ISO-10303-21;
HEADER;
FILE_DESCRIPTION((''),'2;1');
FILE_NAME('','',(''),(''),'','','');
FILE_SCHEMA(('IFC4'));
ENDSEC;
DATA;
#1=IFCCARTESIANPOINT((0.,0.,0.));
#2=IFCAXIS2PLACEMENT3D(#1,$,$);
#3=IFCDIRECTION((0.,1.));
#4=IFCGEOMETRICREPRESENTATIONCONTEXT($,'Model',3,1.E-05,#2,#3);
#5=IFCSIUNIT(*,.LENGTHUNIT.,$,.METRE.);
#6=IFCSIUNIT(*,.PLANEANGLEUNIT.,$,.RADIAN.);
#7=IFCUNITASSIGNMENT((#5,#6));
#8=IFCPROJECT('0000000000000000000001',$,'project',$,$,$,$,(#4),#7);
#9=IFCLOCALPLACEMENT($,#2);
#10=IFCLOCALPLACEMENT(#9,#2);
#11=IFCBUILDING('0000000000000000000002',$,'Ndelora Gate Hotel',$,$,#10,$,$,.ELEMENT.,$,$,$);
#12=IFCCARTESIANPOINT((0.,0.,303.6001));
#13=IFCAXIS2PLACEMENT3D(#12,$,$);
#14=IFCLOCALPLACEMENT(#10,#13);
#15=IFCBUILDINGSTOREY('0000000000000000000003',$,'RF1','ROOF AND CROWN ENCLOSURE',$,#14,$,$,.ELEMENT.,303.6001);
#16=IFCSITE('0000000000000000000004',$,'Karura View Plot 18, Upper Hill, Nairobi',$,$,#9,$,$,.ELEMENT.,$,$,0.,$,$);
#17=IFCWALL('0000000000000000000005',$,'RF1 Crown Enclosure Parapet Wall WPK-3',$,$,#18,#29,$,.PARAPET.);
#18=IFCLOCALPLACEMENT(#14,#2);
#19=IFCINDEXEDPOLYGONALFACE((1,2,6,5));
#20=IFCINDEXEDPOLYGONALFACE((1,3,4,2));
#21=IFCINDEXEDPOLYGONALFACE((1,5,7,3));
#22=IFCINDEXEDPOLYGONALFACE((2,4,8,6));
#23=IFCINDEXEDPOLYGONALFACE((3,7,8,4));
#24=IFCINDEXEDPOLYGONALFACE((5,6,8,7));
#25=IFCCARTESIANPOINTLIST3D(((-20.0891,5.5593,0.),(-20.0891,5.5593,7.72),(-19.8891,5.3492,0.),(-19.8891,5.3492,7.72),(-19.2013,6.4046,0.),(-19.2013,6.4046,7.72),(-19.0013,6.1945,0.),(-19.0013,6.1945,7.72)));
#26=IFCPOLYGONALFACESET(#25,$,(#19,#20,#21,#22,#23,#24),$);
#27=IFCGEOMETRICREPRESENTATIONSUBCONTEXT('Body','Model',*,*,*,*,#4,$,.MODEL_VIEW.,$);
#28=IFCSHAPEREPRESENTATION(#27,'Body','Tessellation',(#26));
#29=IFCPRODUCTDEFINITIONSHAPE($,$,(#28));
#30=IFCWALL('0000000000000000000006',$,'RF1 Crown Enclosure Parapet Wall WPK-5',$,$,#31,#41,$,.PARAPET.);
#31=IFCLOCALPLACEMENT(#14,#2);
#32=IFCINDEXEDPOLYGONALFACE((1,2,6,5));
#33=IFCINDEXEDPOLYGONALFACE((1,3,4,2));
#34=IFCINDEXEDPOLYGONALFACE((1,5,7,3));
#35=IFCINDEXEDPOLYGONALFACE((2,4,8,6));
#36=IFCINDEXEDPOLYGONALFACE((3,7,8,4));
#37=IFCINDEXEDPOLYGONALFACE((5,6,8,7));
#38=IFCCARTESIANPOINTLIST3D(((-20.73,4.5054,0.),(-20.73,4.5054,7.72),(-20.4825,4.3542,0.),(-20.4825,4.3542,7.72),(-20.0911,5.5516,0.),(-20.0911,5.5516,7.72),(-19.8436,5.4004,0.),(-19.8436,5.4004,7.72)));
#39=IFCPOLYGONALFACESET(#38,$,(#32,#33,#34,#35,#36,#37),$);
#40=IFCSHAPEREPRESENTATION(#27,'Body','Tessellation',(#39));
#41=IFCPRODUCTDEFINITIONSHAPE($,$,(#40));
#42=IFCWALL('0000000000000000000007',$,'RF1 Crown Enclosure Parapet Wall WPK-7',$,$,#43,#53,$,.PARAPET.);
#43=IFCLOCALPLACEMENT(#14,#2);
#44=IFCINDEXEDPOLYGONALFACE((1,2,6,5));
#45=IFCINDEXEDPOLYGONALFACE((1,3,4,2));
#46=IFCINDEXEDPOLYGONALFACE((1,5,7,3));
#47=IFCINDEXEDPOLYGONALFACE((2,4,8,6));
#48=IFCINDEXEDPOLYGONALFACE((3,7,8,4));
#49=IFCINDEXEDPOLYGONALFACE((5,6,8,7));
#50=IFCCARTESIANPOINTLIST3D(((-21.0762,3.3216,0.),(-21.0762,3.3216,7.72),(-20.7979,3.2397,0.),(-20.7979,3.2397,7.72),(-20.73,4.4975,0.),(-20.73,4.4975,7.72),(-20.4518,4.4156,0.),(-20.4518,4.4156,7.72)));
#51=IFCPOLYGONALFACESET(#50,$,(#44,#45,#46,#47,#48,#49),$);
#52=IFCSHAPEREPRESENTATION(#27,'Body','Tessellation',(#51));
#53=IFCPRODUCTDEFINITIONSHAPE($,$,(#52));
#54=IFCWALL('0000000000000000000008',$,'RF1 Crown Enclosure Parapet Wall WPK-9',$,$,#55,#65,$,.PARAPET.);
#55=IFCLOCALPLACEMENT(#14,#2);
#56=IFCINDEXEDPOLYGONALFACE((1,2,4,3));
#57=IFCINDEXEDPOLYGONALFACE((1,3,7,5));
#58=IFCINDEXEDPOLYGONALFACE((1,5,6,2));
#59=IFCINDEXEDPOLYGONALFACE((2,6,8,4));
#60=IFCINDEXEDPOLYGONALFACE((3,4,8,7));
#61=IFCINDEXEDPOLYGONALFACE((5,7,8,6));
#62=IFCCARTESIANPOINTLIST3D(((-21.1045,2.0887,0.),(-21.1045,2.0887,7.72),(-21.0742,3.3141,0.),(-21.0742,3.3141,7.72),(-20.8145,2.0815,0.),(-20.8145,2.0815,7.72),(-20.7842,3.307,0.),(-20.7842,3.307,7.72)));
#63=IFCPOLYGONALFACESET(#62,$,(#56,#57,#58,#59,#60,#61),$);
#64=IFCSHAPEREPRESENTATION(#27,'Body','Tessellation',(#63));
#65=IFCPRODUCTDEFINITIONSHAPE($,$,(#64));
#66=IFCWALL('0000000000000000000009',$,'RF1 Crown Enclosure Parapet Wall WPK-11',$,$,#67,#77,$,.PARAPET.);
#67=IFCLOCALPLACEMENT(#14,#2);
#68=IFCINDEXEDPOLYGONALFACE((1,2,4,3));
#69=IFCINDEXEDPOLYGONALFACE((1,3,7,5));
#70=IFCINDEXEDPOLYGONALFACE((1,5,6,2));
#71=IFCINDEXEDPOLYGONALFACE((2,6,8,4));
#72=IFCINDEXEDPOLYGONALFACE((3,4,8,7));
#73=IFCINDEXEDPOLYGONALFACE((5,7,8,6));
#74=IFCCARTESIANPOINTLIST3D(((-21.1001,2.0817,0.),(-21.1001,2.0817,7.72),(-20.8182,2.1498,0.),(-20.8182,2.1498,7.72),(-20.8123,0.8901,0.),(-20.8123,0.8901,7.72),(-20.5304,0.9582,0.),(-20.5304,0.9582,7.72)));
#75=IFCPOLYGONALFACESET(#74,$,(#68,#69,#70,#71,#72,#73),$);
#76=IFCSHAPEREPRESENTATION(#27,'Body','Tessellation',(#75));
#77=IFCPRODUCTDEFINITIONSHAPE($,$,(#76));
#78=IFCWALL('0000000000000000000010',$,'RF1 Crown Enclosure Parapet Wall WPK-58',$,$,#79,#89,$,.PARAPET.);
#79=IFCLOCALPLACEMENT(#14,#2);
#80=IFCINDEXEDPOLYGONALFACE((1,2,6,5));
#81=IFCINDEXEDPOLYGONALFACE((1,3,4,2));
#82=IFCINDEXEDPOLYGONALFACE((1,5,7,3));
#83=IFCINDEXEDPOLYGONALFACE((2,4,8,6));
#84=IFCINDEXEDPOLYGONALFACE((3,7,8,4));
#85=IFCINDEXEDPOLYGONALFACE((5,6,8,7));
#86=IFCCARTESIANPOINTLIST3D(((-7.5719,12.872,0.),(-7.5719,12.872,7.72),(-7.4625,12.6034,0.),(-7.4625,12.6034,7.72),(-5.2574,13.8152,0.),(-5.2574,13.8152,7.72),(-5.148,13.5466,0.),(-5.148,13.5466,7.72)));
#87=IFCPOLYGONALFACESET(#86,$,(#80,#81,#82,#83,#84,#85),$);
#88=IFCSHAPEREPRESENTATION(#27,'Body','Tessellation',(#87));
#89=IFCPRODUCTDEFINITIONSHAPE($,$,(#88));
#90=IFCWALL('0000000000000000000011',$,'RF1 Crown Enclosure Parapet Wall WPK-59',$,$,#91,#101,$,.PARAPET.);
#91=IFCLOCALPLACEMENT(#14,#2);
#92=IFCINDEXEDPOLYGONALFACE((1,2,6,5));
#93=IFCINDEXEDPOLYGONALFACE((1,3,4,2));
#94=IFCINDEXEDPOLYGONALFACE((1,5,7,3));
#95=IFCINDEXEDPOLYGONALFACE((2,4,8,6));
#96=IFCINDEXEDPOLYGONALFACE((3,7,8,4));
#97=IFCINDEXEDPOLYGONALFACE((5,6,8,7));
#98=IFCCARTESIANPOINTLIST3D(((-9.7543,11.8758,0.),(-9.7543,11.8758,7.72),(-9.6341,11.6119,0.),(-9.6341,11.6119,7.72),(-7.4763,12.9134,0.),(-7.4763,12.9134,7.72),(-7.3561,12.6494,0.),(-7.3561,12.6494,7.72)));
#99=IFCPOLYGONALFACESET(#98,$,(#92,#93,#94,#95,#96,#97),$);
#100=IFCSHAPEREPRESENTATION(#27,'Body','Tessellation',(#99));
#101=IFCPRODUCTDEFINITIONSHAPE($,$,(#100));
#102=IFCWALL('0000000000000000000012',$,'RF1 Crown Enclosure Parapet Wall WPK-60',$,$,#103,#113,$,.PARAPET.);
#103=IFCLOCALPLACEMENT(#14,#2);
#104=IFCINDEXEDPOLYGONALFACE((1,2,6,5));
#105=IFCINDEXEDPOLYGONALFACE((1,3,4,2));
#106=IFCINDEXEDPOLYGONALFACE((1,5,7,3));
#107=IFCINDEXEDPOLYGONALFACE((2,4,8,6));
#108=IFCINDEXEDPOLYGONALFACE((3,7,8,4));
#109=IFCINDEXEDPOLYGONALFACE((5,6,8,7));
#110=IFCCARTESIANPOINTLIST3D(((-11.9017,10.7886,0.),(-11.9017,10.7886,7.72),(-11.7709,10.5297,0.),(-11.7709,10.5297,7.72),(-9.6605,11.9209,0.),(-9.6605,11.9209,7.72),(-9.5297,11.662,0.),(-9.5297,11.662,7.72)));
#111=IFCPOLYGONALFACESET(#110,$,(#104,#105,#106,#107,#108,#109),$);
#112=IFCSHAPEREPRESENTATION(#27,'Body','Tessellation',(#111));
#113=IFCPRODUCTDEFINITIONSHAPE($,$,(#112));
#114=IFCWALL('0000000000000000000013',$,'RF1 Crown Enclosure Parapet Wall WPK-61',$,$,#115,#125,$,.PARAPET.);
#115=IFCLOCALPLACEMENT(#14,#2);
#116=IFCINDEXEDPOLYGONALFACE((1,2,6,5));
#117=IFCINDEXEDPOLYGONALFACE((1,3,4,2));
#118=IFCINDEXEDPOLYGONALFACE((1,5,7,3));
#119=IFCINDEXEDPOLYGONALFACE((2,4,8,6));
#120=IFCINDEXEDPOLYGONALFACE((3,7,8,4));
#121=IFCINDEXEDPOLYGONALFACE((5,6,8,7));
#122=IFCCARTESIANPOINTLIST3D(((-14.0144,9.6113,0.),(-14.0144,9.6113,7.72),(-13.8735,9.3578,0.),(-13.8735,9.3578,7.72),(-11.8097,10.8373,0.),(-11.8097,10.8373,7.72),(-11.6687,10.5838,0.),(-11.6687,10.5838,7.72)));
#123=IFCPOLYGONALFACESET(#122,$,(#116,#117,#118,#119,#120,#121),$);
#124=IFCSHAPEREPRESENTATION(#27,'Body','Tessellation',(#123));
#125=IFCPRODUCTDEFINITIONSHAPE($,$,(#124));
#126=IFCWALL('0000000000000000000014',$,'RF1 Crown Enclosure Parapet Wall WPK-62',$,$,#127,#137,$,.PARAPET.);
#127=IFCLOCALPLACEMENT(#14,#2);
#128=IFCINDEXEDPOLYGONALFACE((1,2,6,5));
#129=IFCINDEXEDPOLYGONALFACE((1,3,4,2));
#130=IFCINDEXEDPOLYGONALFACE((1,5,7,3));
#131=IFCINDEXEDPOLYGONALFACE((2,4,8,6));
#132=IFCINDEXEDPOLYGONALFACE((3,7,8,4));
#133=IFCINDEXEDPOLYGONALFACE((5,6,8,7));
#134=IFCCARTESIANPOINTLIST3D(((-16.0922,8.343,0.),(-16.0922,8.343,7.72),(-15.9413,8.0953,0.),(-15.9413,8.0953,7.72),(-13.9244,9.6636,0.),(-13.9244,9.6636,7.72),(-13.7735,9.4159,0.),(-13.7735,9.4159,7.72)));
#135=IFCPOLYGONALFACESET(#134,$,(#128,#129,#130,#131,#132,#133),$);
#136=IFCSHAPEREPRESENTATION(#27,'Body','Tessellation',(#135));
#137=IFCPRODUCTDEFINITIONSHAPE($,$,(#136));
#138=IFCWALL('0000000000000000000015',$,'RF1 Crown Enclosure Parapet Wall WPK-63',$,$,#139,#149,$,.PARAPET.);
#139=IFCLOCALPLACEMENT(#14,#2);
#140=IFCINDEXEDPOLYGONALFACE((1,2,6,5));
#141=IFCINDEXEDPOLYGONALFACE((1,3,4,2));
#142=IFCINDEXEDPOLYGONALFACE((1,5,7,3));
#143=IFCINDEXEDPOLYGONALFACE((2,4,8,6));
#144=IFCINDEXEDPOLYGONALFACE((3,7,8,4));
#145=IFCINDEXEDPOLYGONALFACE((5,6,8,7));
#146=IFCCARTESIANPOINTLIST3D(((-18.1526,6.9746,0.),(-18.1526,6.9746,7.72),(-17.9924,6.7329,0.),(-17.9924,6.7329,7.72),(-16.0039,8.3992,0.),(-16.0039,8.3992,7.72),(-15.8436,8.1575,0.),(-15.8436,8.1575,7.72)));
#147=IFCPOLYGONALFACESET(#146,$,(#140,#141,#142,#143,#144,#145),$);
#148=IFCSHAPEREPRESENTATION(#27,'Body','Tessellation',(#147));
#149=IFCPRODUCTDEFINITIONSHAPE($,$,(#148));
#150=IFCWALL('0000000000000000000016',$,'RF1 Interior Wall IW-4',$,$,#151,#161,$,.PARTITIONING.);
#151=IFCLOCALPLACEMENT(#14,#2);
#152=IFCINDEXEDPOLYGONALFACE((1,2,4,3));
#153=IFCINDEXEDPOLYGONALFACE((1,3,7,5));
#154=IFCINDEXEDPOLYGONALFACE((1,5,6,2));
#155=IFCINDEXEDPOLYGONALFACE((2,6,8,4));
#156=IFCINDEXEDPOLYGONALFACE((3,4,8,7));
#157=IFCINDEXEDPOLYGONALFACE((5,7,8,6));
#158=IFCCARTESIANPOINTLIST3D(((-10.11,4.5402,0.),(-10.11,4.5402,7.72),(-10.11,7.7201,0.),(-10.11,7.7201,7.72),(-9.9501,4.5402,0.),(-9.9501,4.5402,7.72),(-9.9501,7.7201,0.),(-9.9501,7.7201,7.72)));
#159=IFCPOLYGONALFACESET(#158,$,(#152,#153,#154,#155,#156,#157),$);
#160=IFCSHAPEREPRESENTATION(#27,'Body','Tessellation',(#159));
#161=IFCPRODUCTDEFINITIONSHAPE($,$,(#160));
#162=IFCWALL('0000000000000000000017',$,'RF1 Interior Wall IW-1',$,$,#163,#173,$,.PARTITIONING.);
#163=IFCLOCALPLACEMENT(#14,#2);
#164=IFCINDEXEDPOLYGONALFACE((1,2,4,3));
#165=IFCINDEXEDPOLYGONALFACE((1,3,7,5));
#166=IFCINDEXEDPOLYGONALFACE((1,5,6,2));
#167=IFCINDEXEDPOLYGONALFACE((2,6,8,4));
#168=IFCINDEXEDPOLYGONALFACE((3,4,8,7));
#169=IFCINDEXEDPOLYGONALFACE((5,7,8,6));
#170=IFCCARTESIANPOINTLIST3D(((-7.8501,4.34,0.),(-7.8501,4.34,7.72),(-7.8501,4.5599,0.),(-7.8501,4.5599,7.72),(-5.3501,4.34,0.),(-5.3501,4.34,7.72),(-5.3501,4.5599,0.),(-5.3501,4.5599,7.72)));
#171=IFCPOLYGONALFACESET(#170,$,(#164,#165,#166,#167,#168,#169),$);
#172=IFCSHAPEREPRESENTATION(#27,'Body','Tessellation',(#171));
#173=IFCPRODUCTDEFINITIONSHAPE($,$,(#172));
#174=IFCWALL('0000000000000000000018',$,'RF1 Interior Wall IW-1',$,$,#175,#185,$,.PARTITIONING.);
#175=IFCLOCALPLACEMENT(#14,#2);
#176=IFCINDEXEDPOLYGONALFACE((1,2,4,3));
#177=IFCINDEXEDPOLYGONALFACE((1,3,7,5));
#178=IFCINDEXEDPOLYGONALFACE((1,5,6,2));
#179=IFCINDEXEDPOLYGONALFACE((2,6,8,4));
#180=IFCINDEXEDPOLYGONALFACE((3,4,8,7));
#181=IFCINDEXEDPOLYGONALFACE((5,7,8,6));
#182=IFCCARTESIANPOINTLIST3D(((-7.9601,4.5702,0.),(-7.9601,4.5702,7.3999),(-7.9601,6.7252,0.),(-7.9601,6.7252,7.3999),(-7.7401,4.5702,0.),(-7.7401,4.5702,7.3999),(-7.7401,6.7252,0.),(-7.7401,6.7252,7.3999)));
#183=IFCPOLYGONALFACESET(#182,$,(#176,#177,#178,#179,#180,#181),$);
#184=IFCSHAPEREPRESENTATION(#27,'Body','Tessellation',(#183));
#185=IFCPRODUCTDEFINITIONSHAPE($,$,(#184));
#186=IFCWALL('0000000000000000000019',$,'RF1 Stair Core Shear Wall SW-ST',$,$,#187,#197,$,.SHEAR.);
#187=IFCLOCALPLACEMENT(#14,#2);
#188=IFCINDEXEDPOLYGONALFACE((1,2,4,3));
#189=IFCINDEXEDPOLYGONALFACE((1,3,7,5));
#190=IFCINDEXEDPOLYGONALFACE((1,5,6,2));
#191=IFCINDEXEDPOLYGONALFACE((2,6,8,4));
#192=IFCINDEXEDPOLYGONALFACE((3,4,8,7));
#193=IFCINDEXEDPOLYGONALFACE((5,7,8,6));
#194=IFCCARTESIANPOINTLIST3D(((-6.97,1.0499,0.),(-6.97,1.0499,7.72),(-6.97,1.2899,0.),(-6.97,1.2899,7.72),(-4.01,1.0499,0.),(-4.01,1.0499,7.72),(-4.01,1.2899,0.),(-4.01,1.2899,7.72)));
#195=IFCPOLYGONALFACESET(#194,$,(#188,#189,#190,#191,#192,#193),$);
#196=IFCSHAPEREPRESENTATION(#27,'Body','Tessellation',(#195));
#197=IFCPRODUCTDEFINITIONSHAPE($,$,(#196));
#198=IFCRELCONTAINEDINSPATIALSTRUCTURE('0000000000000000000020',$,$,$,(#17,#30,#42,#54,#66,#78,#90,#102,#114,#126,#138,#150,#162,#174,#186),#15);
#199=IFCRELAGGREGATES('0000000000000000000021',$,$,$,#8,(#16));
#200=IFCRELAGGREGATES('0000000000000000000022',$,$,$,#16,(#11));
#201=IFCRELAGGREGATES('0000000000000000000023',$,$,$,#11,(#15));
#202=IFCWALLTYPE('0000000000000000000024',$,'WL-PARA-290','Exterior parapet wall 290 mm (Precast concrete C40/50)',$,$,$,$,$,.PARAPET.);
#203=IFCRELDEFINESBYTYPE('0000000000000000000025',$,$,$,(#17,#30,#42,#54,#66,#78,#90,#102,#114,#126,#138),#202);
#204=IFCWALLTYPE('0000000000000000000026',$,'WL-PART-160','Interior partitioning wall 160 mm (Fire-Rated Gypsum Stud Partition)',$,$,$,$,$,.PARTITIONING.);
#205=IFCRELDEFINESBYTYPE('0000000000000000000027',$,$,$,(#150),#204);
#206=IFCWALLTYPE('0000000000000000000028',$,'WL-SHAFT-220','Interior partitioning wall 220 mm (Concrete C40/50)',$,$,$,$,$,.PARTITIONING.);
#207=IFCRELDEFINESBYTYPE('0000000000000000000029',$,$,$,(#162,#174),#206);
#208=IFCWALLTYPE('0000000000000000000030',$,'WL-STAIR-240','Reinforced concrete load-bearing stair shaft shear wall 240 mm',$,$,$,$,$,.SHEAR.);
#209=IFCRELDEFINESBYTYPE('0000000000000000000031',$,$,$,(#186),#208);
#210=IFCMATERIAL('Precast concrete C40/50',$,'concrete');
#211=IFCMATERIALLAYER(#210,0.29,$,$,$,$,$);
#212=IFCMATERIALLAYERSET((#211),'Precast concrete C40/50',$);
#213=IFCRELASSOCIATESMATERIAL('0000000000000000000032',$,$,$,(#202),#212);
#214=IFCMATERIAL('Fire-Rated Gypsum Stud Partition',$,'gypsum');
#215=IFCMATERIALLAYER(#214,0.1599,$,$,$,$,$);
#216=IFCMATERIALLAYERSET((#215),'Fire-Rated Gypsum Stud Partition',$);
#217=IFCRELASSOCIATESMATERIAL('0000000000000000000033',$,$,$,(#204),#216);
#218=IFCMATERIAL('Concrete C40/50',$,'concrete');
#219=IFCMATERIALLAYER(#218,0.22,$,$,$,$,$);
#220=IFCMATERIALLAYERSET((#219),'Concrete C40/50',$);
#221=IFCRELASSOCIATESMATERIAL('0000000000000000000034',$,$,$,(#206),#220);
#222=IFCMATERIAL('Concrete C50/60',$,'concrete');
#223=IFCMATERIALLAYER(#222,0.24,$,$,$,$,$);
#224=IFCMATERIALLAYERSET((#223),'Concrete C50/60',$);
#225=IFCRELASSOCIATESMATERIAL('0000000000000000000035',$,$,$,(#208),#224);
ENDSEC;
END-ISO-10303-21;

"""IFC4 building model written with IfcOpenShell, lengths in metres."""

from ifc_helpers import new_model, si_unit, direction, frame, frame_2d, origin, place, context, subcontext, project, spatial, rectangle, extrude, material, layer, layer_set, type_object, element, save


model = new_model("IFC4")

# Units and contexts
model_context = context("Model", 3, precision=1e-05, world=origin(), true_north=direction((0.0, 1.0)))
body_context = subcontext(model_context, "Body", "Model", "MODEL_VIEW")
ifc_project = project(units=[si_unit("LENGTHUNIT", "METRE"), si_unit("PLANEANGLEUNIT", "RADIAN")], contexts=[model_context])

# Site, building, storey
site_placement = place(None, origin())
site = spatial("IfcSite", under=ifc_project, at=site_placement, Name="Karura View Plot 18, Upper Hill, Nairobi", CompositionType="ELEMENT", RefElevation=0.0)
building_placement = place(site_placement, origin())
building = spatial("IfcBuilding", under=site, at=building_placement, Name="Ndelora Gate Hotel", CompositionType="ELEMENT")
storey_placement = place(building_placement, frame((0.0, 0.0, 303.6001)))
storey = spatial("IfcBuildingStorey", under=building, at=storey_placement, Name="RF1", Description="ROOF AND CROWN ENCLOSURE", CompositionType="ELEMENT", Elevation=303.6001)

# Shared definitions
ifc_material_1 = material(Name="Concrete C50/60", Category="concrete")

# Walls
ifc_material_2 = material(Name="Precast concrete C40/50", Category="concrete")
ifc_layer_1 = layer(ifc_material_2, 0.29)
ifc_layer_set_1 = layer_set([ifc_layer_1], Name="Precast concrete C40/50")
wall_type_1 = type_object("IfcWallType", Name="WL-PARA-290", Description="Exterior parapet wall 290 mm (Precast concrete C40/50)", PredefinedType="PARAPET", material=ifc_layer_set_1)
for number, where, z_axis, x_axis, name in (
    (1, (-19.989, 5.4543, 0.0), (0.0, 0.0, 1.0), (0.724223, 0.689566, 0.0), "RF1 Crown Enclosure Parapet Wall WPK-3"),
    (2, (-20.6062, 4.4299, 0.0), (0.0, 0.0, 1.0), (0.521216, 0.853425, 0.0), "RF1 Crown Enclosure Parapet Wall WPK-5"),
    (3, (-20.937, 3.2808, 0.0), (0.0, 0.0, 1.0), (0.282393, 0.959299, 0.0), "RF1 Crown Enclosure Parapet Wall WPK-7"),
    (4, (-20.9595, 2.0852, 0.0), (0.0, 0.0, 1.0), (0.024699, 0.999695, 0.0), "RF1 Crown Enclosure Parapet Wall WPK-9"),
    (5, (-20.6714, 0.9243, 0.0), (0.0, 0.0, 1.0), (-0.234796, 0.972045, 0.0), "RF1 Crown Enclosure Parapet Wall WPK-11"),
):
    element("IfcWall", number, at=place(storey_placement, frame(where, z_axis=z_axis, x_axis=x_axis)), inside=storey, type_object=wall_type_1, Name=name, PredefinedType="PARAPET", context=body_context, shape_type="SweptSolid", body=[
        extrude(rectangle(XDim=1.2258, YDim=0.29, at=frame_2d((0.6128, 0.0))), origin(), (0.0, 0.0, 1.0), 7.72),
    ])
wall_1_placement = place(storey_placement, frame((-7.5171, 12.7378, 0.0), z_axis=(0.0, 0.0, 1.0), x_axis=(0.926066, 0.377362, 0.0)))
element("IfcWall", 6, at=wall_1_placement, inside=storey, type_object=wall_type_1, Name="RF1 Crown Enclosure Parapet Wall WPK-58", PredefinedType="PARAPET", context=body_context, shape_type="SweptSolid", body=[
    extrude(rectangle(XDim=2.4993, YDim=0.29, at=frame_2d((1.2495, 0.0))), origin(), (0.0, 0.0, 1.0), 7.72),
])
wall_2_placement = place(storey_placement, frame((-9.6941, 11.7439, 0.0), z_axis=(0.0, 0.0, 1.0), x_axis=(0.910049, 0.414501, 0.0)))
element("IfcWall", 7, at=wall_2_placement, inside=storey, type_object=wall_type_1, Name="RF1 Crown Enclosure Parapet Wall WPK-59", PredefinedType="PARAPET", context=body_context, shape_type="SweptSolid", body=[
    extrude(rectangle(XDim=2.5032, YDim=0.29, at=frame_2d((1.2515, 0.0))), origin(), (0.0, 0.0, 1.0), 7.72),
])
wall_3_placement = place(storey_placement, frame((-11.8362, 10.6592, 0.0), z_axis=(0.0, 0.0, 1.0), x_axis=(0.892553, 0.450943, 0.0)))
element("IfcWall", 8, at=wall_3_placement, inside=storey, type_object=wall_type_1, Name="RF1 Crown Enclosure Parapet Wall WPK-60", PredefinedType="PARAPET", context=body_context, shape_type="SweptSolid", body=[
    extrude(rectangle(XDim=2.511, YDim=0.29, at=frame_2d((1.2554, 0.0))), origin(), (0.0, 0.0, 1.0), 7.72),
])
wall_4_placement = place(storey_placement, frame((-13.9438, 9.4846, 0.0), z_axis=(0.0, 0.0, 1.0), x_axis=(0.873961, 0.485996, 0.0)))
element("IfcWall", 9, at=wall_4_placement, inside=storey, type_object=wall_type_1, Name="RF1 Crown Enclosure Parapet Wall WPK-61", PredefinedType="PARAPET", context=body_context, shape_type="SweptSolid", body=[
    extrude(rectangle(XDim=2.5227, YDim=0.29, at=frame_2d((1.2612, 0.0))), origin(), (0.0, 0.0, 1.0), 7.72),
])
wall_5_placement = place(storey_placement, frame((-16.0166, 8.2192, 0.0), z_axis=(0.0, 0.0, 1.0), x_axis=(0.854011, 0.520255, 0.0)))
element("IfcWall", 10, at=wall_5_placement, inside=storey, type_object=wall_type_1, Name="RF1 Crown Enclosure Parapet Wall WPK-62", PredefinedType="PARAPET", context=body_context, shape_type="SweptSolid", body=[
    extrude(rectangle(XDim=2.5383, YDim=0.29, at=frame_2d((1.269, 0.0))), origin(), (0.0, 0.0, 1.0), 7.72),
])
wall_6_placement = place(storey_placement, frame((-18.0725, 6.8538, 0.0), z_axis=(0.0, 0.0, 1.0), x_axis=(0.833461, 0.552579, 0.0)))
element("IfcWall", 11, at=wall_6_placement, inside=storey, type_object=wall_type_1, Name="RF1 Crown Enclosure Parapet Wall WPK-63", PredefinedType="PARAPET", context=body_context, shape_type="SweptSolid", body=[
    extrude(rectangle(XDim=2.5781, YDim=0.29, at=frame_2d((1.2891, 0.0))), origin(), (0.0, 0.0, 1.0), 7.72),
])
ifc_material_3 = material(Name="Fire-Rated Gypsum Stud Partition", Category="gypsum")
ifc_layer_2 = layer(ifc_material_3, 0.1599)
ifc_layer_set_2 = layer_set([ifc_layer_2], Name="Fire-Rated Gypsum Stud Partition")
wall_type_2 = type_object("IfcWallType", Name="WL-PART-160", Description="Interior partitioning wall 160 mm (Fire-Rated Gypsum Stud Partition)", PredefinedType="PARTITIONING", material=ifc_layer_set_2)
wall_7_placement = place(storey_placement, frame((-10.03, 7.72, 0.0), z_axis=(0.0, 0.0, 1.0), x_axis=(0.0, -1.0, 0.0)))
element("IfcWall", 12, at=wall_7_placement, inside=storey, type_object=wall_type_2, Name="RF1 Interior Wall IW-4", PredefinedType="PARTITIONING", context=body_context, shape_type="SweptSolid", body=[
    extrude(rectangle(XDim=3.1799, YDim=0.1599, at=frame_2d((1.5898, 0.0))), origin(), (0.0, 0.0, 1.0), 7.72),
])
ifc_material_4 = material(Name="Concrete C40/50", Category="concrete")
ifc_layer_3 = layer(ifc_material_4, 0.22)
ifc_layer_set_3 = layer_set([ifc_layer_3], Name="Concrete C40/50")
wall_type_3 = type_object("IfcWallType", Name="WL-SHAFT-220", Description="Interior partitioning wall 220 mm (Concrete C40/50)", PredefinedType="PARTITIONING", material=ifc_layer_set_3)
wall_8_placement = place(storey_placement, frame((-7.8501, 4.45, 0.0), z_axis=(0.0, 0.0, 1.0), x_axis=(1.0, 0.0, 0.0)))
element("IfcWall", 13, at=wall_8_placement, inside=storey, type_object=wall_type_3, Name="RF1 Interior Wall IW-1", PredefinedType="PARTITIONING", context=body_context, shape_type="SweptSolid", body=[
    extrude(rectangle(XDim=2.5, YDim=0.22, at=frame_2d((1.25, 0.0))), origin(), (0.0, 0.0, 1.0), 7.72),
])
wall_9_placement = place(storey_placement, frame((-7.8501, 4.5701, 0.0), z_axis=(0.0, 0.0, 1.0), x_axis=(0.0, 1.0, 0.0)))
element("IfcWall", 14, at=wall_9_placement, inside=storey, type_object=wall_type_3, Name="RF1 Interior Wall IW-1", PredefinedType="PARTITIONING", context=body_context, shape_type="SweptSolid", body=[
    extrude(rectangle(XDim=2.155, YDim=0.22, at=frame_2d((1.0776, 0.0))), origin(), (0.0, 0.0, 1.0), 7.3999),
])
ifc_layer_4 = layer(ifc_material_1, 0.24)
ifc_layer_set_4 = layer_set([ifc_layer_4], Name="Concrete C50/60")
wall_type_4 = type_object("IfcWallType", Name="WL-STAIR-240", Description="Reinforced concrete load-bearing stair shaft shear wall 240 mm", PredefinedType="SHEAR", material=ifc_layer_set_4)
wall_10_placement = place(storey_placement, frame((-6.97, 1.1699, 0.0), z_axis=(0.0, 0.0, 1.0), x_axis=(1.0, 0.0, 0.0)))
element("IfcWall", 15, at=wall_10_placement, inside=storey, type_object=wall_type_4, Name="RF1 Stair Core Shear Wall SW-ST", PredefinedType="SHEAR", context=body_context, shape_type="SweptSolid", body=[
    extrude(rectangle(XDim=2.96, YDim=0.24, at=frame_2d((1.48, 0.0))), origin(), (0.0, 0.0, 1.0), 7.72),
])

save(model, "model.ifc")
